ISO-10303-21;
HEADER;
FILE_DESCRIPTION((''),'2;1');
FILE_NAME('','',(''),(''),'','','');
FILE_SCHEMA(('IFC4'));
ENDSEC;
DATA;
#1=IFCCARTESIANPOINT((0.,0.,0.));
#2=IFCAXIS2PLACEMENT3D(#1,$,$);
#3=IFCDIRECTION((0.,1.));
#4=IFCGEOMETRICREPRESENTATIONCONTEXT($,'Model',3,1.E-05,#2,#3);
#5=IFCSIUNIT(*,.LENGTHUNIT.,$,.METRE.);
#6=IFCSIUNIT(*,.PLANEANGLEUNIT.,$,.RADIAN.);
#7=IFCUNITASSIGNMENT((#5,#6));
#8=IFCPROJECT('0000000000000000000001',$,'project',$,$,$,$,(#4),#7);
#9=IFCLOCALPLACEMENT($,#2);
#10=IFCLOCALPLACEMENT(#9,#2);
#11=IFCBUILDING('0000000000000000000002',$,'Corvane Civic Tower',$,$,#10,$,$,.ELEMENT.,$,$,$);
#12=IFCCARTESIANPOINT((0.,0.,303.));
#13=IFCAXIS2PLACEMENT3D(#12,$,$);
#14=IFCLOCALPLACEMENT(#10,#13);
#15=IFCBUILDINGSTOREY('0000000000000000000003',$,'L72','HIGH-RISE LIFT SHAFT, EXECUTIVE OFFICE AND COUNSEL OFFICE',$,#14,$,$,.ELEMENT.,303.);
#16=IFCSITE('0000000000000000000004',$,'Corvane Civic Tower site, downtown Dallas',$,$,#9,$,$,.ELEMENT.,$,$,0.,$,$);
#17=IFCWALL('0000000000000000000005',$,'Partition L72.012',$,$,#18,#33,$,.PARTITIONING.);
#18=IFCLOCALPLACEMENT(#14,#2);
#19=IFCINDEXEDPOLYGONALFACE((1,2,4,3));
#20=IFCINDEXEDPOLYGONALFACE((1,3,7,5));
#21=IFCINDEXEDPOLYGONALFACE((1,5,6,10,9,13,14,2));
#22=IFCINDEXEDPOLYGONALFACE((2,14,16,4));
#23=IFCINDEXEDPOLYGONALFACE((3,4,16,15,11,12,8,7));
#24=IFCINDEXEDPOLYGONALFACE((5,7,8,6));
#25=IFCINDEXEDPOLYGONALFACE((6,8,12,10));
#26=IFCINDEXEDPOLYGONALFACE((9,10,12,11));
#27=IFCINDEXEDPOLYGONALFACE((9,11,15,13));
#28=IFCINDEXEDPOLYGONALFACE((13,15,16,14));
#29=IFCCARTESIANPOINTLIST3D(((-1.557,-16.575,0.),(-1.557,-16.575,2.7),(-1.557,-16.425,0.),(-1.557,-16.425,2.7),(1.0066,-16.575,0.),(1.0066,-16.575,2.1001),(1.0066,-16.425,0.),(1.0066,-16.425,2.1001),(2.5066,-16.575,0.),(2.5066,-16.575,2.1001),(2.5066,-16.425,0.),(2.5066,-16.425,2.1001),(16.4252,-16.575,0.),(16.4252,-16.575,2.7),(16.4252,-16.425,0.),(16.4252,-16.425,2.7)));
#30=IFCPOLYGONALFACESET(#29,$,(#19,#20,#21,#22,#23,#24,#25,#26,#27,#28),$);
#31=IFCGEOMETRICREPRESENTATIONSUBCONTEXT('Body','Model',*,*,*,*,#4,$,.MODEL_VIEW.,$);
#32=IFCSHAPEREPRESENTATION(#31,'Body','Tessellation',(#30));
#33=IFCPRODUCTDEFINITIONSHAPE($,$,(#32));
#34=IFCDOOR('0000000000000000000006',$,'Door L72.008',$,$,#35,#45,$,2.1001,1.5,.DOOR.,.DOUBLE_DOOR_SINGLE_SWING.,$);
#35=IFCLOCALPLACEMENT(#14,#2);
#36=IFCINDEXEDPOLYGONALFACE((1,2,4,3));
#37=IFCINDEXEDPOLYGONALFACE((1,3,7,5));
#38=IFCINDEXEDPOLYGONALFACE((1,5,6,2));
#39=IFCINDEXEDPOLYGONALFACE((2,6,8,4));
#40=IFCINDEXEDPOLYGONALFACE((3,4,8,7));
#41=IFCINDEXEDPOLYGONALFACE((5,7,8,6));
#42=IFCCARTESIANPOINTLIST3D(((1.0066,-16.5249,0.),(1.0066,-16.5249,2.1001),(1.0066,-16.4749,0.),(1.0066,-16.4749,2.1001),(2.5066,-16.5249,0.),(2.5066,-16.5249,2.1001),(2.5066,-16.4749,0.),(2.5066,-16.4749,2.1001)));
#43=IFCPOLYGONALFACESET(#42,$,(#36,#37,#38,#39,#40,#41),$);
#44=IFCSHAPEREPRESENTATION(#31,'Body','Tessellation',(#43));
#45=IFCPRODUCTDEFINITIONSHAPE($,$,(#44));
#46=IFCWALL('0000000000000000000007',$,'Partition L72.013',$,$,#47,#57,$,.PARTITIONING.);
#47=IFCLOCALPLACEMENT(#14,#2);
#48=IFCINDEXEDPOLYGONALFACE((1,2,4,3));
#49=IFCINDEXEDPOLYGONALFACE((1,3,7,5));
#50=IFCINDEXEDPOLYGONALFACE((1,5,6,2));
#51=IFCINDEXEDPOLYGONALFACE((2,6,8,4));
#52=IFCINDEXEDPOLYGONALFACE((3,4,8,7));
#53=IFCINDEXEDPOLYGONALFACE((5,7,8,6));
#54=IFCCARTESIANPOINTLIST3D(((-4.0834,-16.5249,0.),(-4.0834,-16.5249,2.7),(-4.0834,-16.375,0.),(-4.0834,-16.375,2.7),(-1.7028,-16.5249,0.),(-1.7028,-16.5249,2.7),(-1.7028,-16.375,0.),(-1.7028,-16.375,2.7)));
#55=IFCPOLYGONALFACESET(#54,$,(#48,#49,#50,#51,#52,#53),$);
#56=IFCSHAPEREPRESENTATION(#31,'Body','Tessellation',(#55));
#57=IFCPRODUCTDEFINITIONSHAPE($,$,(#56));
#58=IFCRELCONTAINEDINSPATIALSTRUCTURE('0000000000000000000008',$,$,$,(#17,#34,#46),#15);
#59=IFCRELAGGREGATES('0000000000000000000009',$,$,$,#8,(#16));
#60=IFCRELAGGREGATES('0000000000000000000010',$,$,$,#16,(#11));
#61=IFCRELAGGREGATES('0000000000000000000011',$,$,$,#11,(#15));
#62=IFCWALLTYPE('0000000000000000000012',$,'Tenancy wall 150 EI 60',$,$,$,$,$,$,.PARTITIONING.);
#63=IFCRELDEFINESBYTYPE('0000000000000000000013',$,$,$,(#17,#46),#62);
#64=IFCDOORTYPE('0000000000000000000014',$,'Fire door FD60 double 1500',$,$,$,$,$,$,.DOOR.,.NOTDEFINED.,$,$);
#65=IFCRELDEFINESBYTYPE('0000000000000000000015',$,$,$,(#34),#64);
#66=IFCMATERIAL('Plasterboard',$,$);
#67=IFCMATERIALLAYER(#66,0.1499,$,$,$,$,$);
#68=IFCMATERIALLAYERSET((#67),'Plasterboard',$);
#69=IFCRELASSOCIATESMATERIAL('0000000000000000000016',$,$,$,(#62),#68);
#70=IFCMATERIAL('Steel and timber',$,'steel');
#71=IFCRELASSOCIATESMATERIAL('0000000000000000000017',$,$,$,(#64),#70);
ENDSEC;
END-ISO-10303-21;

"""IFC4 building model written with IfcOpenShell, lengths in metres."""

from ifc_helpers import new_model, si_unit, direction, frame, frame_2d, origin, place, context, subcontext, project, spatial, rectangle, extrude, material, layer, layer_set, type_object, element, fill, save


model = new_model("IFC4")

# Units and contexts
model_context = context("Model", 3, precision=1e-05, world=origin(), true_north=direction((0.0, 1.0)))
body_context = subcontext(model_context, "Body", "Model", "MODEL_VIEW")
ifc_project = project(units=[si_unit("LENGTHUNIT", "METRE"), si_unit("PLANEANGLEUNIT", "RADIAN")], contexts=[model_context])

# Site, building, storey
site_placement = place(None, origin())
site = spatial("IfcSite", under=ifc_project, at=site_placement, Name="Corvane Civic Tower site, downtown Dallas", CompositionType="ELEMENT", RefElevation=0.0)
building_placement = place(site_placement, origin())
building = spatial("IfcBuilding", under=site, at=building_placement, Name="Corvane Civic Tower", CompositionType="ELEMENT")
storey_placement = place(building_placement, frame((0.0, 0.0, 303.0)))
storey = spatial("IfcBuildingStorey", under=building, at=storey_placement, Name="L72", Description="HIGH-RISE LIFT SHAFT, EXECUTIVE OFFICE AND COUNSEL OFFICE", CompositionType="ELEMENT", Elevation=303.0)

# Wall, opening, door
ifc_material_1 = material(Name="Plasterboard")
ifc_layer_1 = layer(ifc_material_1, 0.1499)
ifc_layer_set_1 = layer_set([ifc_layer_1], Name="Plasterboard")
wall_type_1 = type_object("IfcWallType", Name="Tenancy wall 150 EI 60", PredefinedType="PARTITIONING", material=ifc_layer_set_1)
wall_1_placement = place(storey_placement, frame((-1.5571, -16.5, 0.0), z_axis=(0.0, 0.0, 1.0), x_axis=(1.0, 0.0, 0.0)))
wall_1 = element("IfcWall", 1, at=wall_1_placement, inside=storey, type_object=wall_type_1, Name="Partition L72.012", PredefinedType="PARTITIONING", context=body_context, shape_type="SweptSolid", body=[
    extrude(rectangle(XDim=17.9822, YDim=0.1499, at=frame_2d((8.9912, 0.0))), origin(), (0.0, 0.0, 1.0), 2.7),
])
opening_1_placement = place(wall_1_placement, frame((2.5637, 0.0, 0.0)))
opening_1 = element("IfcOpeningElement", 2, at=opening_1_placement, cuts=wall_1, PredefinedType="OPENING", context=body_context, shape_type="SweptSolid", body=[
    extrude(rectangle(XDim=1.5, YDim=2.1001, at=frame_2d((0.75, 1.05))), frame((0.0, 0.085, 0.0), z_axis=(0.0, -1.0, 0.0), x_axis=(1.0, 0.0, 0.0)), (0.0, 0.0, 1.0), 0.1699),
])
ifc_material_2 = material(Name="Steel and timber", Category="steel")
door_type_1 = type_object("IfcDoorType", Name="Fire door FD60 double 1500", OperationType="NOTDEFINED", PredefinedType="DOOR", material=ifc_material_2)
door_1_placement = place(opening_1_placement, frame((1.5, 0.0, 0.0), z_axis=(0.0, 0.0, 1.0), x_axis=(-1.0, 0.0, 0.0)))
door_1 = element("IfcDoor", 3, at=door_1_placement, inside=storey, type_object=door_type_1, Name="Door L72.008", OperationType="DOUBLE_DOOR_SINGLE_SWING", OverallHeight=2.1001, OverallWidth=1.5, PredefinedType="DOOR", context=body_context, shape_type="SweptSolid", body=[
    extrude(rectangle(XDim=1.5, YDim=2.1001, at=frame_2d((0.75, 1.05))), frame((0.0, 0.0249, 0.0), z_axis=(0.0, -1.0, 0.0), x_axis=(1.0, 0.0, 0.0)), (0.0, 0.0, 1.0), 0.05),
])
fill(opening_1, door_1)

# Wall
wall_2_placement = place(storey_placement, frame((-4.0835, -16.45, 0.0), z_axis=(0.0, 0.0, 1.0), x_axis=(1.0, 0.0, 0.0)))
element("IfcWall", 4, at=wall_2_placement, inside=storey, type_object=wall_type_1, Name="Partition L72.013", PredefinedType="PARTITIONING", context=body_context, shape_type="SweptSolid", body=[
    extrude(rectangle(XDim=2.3806, YDim=0.1499, at=frame_2d((1.1904, 0.0))), origin(), (0.0, 0.0, 1.0), 2.7),
])

save(model, "model.ifc")
